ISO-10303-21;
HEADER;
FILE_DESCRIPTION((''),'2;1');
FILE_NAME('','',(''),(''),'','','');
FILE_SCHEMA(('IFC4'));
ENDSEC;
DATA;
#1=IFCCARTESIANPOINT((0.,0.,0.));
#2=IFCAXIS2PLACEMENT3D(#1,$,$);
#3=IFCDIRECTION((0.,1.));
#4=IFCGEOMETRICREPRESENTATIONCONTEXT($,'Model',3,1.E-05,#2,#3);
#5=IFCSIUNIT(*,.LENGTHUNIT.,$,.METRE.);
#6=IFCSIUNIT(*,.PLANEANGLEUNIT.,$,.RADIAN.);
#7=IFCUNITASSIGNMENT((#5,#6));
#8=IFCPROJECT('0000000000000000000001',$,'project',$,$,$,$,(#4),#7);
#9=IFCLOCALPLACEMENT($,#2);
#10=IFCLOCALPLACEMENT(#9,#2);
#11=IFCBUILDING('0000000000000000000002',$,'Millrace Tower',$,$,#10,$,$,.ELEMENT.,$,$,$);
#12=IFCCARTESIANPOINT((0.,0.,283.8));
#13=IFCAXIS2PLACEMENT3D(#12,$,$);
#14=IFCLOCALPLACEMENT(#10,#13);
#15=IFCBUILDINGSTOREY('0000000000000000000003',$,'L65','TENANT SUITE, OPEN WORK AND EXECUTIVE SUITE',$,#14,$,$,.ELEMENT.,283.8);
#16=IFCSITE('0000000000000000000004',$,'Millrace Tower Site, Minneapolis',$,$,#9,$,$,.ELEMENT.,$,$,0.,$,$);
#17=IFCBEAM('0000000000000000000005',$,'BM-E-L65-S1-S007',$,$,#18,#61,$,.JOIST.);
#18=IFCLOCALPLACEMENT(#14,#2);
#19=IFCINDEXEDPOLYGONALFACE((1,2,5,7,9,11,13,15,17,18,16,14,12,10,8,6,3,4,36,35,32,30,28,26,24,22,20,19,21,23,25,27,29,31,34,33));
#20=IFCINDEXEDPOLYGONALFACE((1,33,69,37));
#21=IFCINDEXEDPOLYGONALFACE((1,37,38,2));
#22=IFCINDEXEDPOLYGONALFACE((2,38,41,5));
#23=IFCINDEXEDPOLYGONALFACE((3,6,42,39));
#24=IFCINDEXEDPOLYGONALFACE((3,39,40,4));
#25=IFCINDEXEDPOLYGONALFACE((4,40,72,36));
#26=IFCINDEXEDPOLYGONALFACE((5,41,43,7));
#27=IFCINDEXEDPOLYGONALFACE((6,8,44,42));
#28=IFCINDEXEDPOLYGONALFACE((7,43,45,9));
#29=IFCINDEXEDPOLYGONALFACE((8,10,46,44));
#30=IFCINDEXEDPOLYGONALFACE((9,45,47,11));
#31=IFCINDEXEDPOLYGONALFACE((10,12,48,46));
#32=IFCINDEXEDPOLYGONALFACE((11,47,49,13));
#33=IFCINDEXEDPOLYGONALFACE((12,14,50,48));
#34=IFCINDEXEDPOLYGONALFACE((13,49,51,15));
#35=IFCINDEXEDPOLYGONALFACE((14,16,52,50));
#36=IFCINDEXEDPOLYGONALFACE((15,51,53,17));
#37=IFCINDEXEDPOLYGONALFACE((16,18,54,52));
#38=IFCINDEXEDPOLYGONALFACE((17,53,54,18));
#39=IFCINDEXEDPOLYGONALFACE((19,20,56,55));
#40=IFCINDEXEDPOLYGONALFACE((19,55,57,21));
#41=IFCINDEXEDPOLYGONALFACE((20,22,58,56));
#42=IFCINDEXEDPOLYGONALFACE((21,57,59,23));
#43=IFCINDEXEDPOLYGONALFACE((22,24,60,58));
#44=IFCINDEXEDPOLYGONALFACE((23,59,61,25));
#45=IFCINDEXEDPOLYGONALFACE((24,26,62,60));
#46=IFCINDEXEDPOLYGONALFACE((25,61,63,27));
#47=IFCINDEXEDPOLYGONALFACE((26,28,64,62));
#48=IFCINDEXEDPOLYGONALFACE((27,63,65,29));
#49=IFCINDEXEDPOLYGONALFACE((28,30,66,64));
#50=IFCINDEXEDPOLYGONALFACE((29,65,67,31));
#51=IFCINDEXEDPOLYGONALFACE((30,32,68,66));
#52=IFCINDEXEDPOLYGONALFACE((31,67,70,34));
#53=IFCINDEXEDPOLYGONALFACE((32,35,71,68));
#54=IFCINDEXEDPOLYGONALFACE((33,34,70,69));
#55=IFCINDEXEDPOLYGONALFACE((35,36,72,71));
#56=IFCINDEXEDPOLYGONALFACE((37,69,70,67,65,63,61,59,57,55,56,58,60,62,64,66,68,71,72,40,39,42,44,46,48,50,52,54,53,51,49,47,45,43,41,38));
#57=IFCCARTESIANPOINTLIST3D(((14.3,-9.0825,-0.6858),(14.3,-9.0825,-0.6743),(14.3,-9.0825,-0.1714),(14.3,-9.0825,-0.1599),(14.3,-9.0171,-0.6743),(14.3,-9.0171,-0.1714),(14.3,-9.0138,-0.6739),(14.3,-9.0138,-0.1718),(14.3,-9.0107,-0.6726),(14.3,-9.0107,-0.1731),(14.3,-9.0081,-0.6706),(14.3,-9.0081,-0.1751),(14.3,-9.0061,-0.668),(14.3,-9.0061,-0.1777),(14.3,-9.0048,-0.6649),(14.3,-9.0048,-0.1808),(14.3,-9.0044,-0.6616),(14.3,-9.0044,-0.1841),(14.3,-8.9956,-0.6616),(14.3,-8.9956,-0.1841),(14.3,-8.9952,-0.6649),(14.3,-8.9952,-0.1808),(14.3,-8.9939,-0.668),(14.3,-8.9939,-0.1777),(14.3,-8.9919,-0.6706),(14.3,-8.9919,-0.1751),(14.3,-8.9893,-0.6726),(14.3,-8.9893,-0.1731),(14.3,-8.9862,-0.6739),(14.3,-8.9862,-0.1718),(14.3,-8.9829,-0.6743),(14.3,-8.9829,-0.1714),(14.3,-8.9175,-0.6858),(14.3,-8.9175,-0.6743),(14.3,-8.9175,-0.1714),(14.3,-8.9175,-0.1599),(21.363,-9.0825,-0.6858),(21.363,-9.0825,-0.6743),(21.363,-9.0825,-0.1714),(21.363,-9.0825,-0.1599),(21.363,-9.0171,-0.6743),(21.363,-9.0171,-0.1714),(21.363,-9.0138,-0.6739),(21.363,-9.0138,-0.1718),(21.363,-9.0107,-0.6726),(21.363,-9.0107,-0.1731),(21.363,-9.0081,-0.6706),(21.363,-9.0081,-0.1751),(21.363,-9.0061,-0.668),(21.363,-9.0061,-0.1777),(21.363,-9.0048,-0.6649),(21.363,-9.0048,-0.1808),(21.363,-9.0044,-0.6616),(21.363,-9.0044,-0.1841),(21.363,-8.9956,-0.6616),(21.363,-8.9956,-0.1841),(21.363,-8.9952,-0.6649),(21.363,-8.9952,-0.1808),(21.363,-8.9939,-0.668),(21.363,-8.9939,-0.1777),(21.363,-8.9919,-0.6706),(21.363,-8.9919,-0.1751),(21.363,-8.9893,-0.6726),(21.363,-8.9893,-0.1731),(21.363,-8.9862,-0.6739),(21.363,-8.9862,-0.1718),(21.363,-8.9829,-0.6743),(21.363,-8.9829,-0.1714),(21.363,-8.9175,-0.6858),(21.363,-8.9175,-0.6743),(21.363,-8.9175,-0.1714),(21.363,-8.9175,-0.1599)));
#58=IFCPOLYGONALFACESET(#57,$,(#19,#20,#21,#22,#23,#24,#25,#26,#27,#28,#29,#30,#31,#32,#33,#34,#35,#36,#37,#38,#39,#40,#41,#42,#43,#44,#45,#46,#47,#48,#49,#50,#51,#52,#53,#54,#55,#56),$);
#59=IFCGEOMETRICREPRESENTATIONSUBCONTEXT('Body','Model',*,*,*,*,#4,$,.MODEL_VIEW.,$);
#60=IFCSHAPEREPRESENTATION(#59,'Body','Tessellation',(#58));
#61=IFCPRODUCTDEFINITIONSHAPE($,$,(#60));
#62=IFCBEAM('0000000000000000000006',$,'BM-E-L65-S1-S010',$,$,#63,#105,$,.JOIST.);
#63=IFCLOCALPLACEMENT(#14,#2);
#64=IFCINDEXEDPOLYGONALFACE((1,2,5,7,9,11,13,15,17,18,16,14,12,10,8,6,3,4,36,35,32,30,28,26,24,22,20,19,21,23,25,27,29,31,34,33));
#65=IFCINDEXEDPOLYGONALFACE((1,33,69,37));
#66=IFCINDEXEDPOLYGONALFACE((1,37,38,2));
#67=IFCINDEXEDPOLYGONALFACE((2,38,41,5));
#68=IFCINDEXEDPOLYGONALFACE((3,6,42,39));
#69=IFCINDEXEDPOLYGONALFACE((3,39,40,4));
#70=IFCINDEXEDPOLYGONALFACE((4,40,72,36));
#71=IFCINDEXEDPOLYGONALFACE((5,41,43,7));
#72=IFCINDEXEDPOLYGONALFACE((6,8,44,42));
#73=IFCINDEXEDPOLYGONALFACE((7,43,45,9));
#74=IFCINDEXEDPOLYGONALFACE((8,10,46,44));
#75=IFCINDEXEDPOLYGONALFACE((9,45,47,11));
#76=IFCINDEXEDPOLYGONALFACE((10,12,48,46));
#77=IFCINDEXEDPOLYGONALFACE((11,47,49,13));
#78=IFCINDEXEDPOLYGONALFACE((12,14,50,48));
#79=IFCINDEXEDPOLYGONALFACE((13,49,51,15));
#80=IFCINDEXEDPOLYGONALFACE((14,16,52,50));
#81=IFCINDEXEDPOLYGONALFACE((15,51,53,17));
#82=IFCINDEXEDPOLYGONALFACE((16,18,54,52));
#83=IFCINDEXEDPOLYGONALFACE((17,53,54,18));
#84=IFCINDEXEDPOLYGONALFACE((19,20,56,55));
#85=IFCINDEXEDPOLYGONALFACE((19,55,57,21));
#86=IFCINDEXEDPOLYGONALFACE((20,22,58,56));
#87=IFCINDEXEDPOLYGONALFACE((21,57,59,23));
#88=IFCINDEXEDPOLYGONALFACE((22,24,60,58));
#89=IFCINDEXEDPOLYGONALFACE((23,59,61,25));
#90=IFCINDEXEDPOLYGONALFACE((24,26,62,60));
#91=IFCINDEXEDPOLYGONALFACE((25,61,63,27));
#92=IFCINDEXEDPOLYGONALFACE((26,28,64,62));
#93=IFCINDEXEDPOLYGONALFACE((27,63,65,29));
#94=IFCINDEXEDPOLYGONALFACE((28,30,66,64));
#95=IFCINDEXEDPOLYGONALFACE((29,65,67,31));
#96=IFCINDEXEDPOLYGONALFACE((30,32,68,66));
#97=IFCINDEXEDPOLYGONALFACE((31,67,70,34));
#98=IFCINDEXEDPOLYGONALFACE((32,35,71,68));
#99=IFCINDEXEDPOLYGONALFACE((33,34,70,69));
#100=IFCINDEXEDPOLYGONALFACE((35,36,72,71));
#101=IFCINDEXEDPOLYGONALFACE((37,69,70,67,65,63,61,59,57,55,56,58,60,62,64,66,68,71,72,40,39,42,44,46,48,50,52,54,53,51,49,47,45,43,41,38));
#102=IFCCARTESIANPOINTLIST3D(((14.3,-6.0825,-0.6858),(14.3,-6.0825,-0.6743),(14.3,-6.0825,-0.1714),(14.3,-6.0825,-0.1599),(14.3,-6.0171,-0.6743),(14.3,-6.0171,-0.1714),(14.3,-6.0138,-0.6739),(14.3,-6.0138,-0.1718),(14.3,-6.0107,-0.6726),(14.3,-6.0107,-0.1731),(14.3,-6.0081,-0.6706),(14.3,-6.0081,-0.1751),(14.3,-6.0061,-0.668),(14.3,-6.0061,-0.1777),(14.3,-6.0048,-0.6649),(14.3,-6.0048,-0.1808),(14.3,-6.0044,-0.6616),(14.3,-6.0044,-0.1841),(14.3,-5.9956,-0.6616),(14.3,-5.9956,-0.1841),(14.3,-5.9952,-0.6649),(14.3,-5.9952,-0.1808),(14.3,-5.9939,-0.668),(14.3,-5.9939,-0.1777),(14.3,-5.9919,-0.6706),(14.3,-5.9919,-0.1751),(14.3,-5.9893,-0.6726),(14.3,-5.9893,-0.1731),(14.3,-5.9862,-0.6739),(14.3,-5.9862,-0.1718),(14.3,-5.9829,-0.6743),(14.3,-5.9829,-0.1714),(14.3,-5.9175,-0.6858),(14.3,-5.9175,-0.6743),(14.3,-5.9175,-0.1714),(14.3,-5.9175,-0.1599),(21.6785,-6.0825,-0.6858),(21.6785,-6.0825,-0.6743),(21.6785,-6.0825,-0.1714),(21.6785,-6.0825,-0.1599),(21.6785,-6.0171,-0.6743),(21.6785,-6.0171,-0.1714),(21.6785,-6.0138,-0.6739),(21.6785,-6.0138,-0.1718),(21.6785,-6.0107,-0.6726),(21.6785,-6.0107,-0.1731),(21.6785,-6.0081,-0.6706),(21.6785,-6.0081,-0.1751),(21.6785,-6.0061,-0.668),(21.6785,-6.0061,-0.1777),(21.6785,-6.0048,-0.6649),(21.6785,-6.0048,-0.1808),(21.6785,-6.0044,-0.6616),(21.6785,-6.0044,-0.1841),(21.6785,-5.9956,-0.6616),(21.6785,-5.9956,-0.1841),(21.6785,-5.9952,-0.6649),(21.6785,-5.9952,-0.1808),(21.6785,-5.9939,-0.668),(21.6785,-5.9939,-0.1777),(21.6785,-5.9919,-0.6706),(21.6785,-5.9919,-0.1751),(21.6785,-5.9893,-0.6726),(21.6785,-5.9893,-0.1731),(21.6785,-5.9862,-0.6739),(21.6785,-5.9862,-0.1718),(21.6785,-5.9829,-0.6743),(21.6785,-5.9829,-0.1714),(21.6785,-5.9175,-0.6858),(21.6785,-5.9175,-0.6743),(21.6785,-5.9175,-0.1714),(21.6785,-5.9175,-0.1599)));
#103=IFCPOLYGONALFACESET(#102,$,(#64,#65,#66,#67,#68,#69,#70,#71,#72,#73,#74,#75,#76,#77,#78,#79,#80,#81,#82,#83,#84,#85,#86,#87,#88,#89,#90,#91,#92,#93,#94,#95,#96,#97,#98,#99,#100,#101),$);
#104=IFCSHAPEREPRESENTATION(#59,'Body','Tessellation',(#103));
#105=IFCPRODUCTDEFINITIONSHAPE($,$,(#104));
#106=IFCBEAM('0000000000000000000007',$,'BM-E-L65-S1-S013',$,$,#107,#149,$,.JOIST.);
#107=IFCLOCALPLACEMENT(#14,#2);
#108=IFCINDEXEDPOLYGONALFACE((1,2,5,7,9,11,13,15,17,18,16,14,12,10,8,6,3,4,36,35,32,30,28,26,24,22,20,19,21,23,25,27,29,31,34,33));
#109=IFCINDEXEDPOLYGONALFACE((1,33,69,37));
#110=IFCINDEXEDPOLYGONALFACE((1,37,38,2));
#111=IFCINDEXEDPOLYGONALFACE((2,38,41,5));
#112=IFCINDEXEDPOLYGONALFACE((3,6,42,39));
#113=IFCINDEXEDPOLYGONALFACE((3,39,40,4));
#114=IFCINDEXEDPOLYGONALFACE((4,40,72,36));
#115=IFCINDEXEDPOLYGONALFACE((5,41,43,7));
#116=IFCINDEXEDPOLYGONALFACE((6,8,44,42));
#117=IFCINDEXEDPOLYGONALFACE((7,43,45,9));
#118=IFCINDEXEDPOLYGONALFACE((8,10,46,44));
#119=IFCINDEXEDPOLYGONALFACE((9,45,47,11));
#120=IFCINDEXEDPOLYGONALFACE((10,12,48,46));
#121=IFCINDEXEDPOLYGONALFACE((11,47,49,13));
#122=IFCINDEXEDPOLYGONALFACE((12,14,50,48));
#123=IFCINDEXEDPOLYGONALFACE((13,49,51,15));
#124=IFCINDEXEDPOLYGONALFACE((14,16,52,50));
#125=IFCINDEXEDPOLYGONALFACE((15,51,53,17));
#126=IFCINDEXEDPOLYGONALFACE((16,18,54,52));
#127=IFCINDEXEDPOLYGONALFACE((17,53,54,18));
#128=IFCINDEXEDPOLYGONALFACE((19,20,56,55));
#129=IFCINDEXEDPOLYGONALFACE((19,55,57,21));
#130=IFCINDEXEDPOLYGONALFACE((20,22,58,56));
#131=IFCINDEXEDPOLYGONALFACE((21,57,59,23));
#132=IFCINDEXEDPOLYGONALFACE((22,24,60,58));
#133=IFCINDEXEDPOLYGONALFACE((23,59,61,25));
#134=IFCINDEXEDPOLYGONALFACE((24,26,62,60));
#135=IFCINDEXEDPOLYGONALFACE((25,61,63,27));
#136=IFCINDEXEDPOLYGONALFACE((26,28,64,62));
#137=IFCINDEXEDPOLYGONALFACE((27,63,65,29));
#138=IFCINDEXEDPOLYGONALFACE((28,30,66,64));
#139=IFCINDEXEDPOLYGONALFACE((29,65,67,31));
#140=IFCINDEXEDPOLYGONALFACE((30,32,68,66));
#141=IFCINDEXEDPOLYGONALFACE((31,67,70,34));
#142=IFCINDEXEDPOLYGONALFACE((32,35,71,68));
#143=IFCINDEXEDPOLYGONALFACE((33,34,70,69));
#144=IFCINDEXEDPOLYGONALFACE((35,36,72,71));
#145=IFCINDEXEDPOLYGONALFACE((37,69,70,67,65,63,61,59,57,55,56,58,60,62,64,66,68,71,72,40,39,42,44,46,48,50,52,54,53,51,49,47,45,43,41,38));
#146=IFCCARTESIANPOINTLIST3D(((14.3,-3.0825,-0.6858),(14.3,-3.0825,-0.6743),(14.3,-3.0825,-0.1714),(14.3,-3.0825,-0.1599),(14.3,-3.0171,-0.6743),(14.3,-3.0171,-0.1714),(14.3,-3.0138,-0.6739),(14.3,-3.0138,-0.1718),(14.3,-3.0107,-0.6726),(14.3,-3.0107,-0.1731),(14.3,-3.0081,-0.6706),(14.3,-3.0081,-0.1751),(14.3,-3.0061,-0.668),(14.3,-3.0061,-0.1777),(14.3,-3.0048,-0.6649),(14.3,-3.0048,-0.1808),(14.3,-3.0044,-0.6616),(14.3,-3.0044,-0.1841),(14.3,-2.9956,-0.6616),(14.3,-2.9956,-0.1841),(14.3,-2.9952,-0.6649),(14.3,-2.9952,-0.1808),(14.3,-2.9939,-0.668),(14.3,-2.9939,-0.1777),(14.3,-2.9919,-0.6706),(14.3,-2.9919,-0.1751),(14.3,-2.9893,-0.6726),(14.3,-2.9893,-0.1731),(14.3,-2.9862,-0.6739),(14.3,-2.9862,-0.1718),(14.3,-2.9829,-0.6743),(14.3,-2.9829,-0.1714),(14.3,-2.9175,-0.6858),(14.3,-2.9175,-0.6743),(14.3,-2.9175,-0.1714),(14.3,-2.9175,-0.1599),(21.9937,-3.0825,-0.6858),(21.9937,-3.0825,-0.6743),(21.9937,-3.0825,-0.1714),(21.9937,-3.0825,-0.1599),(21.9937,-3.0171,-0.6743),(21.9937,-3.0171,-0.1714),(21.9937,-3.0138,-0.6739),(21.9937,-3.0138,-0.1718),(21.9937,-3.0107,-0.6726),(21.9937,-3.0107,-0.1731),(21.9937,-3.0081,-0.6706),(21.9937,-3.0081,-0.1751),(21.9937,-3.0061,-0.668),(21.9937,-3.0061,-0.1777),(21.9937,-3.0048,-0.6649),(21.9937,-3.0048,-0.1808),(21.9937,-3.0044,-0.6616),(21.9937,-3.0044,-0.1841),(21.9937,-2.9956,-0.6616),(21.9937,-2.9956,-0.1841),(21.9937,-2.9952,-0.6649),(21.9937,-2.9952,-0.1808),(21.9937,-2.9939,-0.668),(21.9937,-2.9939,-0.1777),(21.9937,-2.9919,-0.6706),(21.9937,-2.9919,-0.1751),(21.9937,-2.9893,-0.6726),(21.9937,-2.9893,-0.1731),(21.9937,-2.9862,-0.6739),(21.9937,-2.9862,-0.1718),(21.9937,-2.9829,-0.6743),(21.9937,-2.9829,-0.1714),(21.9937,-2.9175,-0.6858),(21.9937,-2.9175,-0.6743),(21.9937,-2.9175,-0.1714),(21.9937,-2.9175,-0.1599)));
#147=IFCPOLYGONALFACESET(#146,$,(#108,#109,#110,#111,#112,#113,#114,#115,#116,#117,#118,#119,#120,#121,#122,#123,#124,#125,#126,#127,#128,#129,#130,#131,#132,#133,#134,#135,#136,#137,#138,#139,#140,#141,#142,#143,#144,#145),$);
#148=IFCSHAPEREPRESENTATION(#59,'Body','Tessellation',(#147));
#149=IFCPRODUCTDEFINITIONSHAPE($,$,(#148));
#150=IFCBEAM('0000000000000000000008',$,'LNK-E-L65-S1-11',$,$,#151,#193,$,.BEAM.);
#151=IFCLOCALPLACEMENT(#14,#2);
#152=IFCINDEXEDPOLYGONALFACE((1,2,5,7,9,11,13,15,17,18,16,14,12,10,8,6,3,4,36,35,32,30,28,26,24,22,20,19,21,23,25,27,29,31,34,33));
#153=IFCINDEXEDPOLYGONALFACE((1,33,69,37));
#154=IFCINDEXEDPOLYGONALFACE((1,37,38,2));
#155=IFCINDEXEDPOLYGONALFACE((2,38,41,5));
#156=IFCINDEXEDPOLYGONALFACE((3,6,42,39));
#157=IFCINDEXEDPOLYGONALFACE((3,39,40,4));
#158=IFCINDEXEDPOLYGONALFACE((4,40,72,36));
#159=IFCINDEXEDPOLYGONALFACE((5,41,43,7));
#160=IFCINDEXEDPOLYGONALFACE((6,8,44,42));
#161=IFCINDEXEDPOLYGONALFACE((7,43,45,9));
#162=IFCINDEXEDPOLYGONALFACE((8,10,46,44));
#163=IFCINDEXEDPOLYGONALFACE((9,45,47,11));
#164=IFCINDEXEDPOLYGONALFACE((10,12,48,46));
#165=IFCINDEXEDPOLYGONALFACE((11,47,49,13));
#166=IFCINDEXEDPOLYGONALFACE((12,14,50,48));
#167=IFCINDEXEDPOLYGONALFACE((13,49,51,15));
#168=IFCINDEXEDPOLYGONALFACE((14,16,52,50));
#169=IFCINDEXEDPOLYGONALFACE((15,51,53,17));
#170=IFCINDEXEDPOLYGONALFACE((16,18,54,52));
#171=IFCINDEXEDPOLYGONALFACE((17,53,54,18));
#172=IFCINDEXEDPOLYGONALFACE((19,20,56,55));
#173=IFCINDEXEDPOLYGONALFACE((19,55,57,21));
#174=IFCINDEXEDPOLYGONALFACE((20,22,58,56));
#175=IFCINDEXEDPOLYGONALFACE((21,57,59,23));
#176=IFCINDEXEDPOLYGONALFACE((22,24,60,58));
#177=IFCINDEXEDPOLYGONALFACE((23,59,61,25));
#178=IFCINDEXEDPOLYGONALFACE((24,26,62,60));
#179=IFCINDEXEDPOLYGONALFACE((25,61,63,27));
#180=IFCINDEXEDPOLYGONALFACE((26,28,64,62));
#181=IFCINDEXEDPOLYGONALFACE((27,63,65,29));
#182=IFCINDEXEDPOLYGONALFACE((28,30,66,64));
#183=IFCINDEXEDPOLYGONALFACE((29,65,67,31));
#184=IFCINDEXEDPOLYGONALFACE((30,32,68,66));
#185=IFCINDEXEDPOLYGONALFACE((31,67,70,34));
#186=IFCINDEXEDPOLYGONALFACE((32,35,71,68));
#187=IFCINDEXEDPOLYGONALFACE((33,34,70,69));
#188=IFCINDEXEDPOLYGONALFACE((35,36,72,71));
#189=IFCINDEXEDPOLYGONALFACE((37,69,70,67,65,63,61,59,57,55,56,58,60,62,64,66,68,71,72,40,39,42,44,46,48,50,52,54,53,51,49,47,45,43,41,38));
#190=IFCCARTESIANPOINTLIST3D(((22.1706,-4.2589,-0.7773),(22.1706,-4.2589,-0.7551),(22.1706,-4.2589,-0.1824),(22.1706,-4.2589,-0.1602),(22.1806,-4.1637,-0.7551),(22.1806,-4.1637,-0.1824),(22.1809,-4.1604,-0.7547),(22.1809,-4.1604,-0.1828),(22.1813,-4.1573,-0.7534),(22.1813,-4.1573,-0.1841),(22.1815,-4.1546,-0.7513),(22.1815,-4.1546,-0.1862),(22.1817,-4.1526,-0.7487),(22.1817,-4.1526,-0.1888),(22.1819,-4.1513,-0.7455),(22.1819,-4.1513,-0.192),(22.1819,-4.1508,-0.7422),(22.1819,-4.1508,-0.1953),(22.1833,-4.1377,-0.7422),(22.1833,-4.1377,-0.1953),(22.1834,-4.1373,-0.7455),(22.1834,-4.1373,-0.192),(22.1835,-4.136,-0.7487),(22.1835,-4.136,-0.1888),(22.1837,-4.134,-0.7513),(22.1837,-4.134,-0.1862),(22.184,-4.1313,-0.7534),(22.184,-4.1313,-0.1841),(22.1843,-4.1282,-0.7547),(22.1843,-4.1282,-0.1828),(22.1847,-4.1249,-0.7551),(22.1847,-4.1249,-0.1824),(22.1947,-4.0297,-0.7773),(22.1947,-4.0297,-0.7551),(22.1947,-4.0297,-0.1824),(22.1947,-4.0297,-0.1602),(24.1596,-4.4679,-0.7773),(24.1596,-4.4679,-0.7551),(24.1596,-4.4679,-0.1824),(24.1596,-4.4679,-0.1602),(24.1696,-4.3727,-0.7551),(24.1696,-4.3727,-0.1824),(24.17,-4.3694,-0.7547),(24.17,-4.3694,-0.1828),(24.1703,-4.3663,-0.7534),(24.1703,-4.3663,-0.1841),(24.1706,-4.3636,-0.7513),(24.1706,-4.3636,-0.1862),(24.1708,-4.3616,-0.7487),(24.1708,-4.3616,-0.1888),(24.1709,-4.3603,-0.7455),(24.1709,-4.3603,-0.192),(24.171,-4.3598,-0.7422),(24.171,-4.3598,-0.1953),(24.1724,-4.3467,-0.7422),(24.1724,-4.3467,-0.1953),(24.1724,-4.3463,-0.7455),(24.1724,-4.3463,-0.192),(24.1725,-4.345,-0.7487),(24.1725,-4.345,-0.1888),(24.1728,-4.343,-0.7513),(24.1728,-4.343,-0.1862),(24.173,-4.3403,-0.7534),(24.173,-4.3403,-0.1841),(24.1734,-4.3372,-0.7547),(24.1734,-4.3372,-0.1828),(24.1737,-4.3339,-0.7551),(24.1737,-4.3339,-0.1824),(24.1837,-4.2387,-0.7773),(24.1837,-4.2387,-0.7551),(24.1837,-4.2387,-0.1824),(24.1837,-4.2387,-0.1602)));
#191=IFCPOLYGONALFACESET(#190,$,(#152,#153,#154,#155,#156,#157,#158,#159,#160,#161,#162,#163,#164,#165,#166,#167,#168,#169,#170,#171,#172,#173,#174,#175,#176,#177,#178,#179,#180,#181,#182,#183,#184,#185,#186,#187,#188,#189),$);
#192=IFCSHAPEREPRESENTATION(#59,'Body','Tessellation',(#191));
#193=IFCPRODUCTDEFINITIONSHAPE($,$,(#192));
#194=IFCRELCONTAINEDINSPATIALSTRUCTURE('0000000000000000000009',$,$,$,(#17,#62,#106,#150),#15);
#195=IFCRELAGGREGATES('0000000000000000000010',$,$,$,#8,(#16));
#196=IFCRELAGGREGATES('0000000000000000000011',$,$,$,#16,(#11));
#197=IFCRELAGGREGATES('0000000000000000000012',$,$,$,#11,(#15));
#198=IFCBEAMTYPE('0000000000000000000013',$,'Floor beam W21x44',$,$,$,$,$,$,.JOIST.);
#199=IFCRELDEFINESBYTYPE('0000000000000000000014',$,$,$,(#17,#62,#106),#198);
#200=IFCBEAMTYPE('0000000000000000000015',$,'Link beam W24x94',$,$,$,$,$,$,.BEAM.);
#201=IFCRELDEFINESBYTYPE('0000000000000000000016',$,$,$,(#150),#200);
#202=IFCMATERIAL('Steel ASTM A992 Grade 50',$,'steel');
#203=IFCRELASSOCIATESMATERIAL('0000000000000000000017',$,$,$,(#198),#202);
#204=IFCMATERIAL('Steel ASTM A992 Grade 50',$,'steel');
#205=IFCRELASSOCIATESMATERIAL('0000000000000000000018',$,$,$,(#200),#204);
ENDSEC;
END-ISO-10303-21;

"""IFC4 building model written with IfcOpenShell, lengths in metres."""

from ifc_helpers import new_model, si_unit, direction, frame, origin, origin_2d, place, context, subcontext, project, spatial, i_section, extrude, material, material_profile, profile_set, type_object, element, save


model = new_model("IFC4")

# Units and contexts
model_context = context("Model", 3, precision=1e-05, world=origin(), true_north=direction((0.0, 1.0)))
body_context = subcontext(model_context, "Body", "Model", "MODEL_VIEW")
ifc_project = project(units=[si_unit("LENGTHUNIT", "METRE"), si_unit("PLANEANGLEUNIT", "RADIAN")], contexts=[model_context])

# Site, building, storey
site_placement = place(None, origin())
site = spatial("IfcSite", under=ifc_project, at=site_placement, Name="Millrace Tower Site, Minneapolis", CompositionType="ELEMENT", RefElevation=0.0)
building_placement = place(site_placement, origin())
building = spatial("IfcBuilding", under=site, at=building_placement, Name="Millrace Tower", CompositionType="ELEMENT")
storey_placement = place(building_placement, frame((0.0, 0.0, 283.8)))
storey = spatial("IfcBuildingStorey", under=building, at=storey_placement, Name="L65", Description="TENANT SUITE, OPEN WORK AND EXECUTIVE SUITE", CompositionType="ELEMENT", Elevation=283.8)

# Beams
ifc_material_1 = material(Name="Steel ASTM A992 Grade 50", Category="steel")
ifc_material_profile_1 = material_profile(ifc_material_1, i_section(OverallWidth=0.165, OverallDepth=0.5259, WebThickness=0.0088, FlangeThickness=0.0115, FilletRadius=0.0127, at=origin_2d()))
ifc_profile_set_1 = profile_set([ifc_material_profile_1], Name="Steel ASTM A992 Grade 50")
beam_type_1 = type_object("IfcBeamType", Name="Floor beam W21x44", PredefinedType="JOIST", material=ifc_profile_set_1)
beam_1_placement = place(storey_placement, frame((14.3, -9.0, -0.4229), z_axis=(1.0, 0.0, 0.0), x_axis=(0.0, 1.0, 0.0)))
element("IfcBeam", 1, at=beam_1_placement, inside=storey, type_object=beam_type_1, Name="BM-E-L65-S1-S007", PredefinedType="JOIST", context=body_context, shape_type="SweptSolid", body=[
    extrude(i_section(OverallWidth=0.165, OverallDepth=0.5259, WebThickness=0.0088, FlangeThickness=0.0115, FilletRadius=0.0127, at=origin_2d()), origin(), (0.0, 0.0, 1.0), 7.063),
])
beam_2_placement = place(storey_placement, frame((14.3, -6.0, -0.4229), z_axis=(1.0, 0.0, 0.0), x_axis=(0.0, 1.0, 0.0)))
element("IfcBeam", 2, at=beam_2_placement, inside=storey, type_object=beam_type_1, Name="BM-E-L65-S1-S010", PredefinedType="JOIST", context=body_context, shape_type="SweptSolid", body=[
    extrude(i_section(OverallWidth=0.165, OverallDepth=0.5259, WebThickness=0.0088, FlangeThickness=0.0115, FilletRadius=0.0127, at=origin_2d()), origin(), (0.0, 0.0, 1.0), 7.3784),
])
beam_3_placement = place(storey_placement, frame((14.3, -3.0, -0.4229), z_axis=(1.0, 0.0, 0.0), x_axis=(0.0, 1.0, 0.0)))
element("IfcBeam", 3, at=beam_3_placement, inside=storey, type_object=beam_type_1, Name="BM-E-L65-S1-S013", PredefinedType="JOIST", context=body_context, shape_type="SweptSolid", body=[
    extrude(i_section(OverallWidth=0.165, OverallDepth=0.5259, WebThickness=0.0088, FlangeThickness=0.0115, FilletRadius=0.0127, at=origin_2d()), origin(), (0.0, 0.0, 1.0), 7.6936),
])
ifc_material_2 = material(Name="Steel ASTM A992 Grade 50", Category="steel")
ifc_material_profile_2 = material_profile(ifc_material_2, i_section(OverallWidth=0.2305, OverallDepth=0.6172, WebThickness=0.0132, FlangeThickness=0.0222, FilletRadius=0.0129, at=origin_2d()))
ifc_profile_set_2 = profile_set([ifc_material_profile_2], Name="Steel ASTM A992 Grade 50")
beam_type_2 = type_object("IfcBeamType", Name="Link beam W24x94", PredefinedType="BEAM", material=ifc_profile_set_2)
beam_4_placement = place(storey_placement, frame((22.1826, -4.1443, -0.4688), z_axis=(0.994526, -0.104494, 0.0), x_axis=(0.104494, 0.994526, 0.0)))
element("IfcBeam", 4, at=beam_4_placement, inside=storey, type_object=beam_type_2, Name="LNK-E-L65-S1-11", PredefinedType="BEAM", context=body_context, shape_type="SweptSolid", body=[
    extrude(i_section(OverallWidth=0.2305, OverallDepth=0.6172, WebThickness=0.0132, FlangeThickness=0.0222, FilletRadius=0.0129, at=origin_2d()), origin(), (0.0, 0.0, 1.0), 2.0),
])

save(model, "model.ifc")
